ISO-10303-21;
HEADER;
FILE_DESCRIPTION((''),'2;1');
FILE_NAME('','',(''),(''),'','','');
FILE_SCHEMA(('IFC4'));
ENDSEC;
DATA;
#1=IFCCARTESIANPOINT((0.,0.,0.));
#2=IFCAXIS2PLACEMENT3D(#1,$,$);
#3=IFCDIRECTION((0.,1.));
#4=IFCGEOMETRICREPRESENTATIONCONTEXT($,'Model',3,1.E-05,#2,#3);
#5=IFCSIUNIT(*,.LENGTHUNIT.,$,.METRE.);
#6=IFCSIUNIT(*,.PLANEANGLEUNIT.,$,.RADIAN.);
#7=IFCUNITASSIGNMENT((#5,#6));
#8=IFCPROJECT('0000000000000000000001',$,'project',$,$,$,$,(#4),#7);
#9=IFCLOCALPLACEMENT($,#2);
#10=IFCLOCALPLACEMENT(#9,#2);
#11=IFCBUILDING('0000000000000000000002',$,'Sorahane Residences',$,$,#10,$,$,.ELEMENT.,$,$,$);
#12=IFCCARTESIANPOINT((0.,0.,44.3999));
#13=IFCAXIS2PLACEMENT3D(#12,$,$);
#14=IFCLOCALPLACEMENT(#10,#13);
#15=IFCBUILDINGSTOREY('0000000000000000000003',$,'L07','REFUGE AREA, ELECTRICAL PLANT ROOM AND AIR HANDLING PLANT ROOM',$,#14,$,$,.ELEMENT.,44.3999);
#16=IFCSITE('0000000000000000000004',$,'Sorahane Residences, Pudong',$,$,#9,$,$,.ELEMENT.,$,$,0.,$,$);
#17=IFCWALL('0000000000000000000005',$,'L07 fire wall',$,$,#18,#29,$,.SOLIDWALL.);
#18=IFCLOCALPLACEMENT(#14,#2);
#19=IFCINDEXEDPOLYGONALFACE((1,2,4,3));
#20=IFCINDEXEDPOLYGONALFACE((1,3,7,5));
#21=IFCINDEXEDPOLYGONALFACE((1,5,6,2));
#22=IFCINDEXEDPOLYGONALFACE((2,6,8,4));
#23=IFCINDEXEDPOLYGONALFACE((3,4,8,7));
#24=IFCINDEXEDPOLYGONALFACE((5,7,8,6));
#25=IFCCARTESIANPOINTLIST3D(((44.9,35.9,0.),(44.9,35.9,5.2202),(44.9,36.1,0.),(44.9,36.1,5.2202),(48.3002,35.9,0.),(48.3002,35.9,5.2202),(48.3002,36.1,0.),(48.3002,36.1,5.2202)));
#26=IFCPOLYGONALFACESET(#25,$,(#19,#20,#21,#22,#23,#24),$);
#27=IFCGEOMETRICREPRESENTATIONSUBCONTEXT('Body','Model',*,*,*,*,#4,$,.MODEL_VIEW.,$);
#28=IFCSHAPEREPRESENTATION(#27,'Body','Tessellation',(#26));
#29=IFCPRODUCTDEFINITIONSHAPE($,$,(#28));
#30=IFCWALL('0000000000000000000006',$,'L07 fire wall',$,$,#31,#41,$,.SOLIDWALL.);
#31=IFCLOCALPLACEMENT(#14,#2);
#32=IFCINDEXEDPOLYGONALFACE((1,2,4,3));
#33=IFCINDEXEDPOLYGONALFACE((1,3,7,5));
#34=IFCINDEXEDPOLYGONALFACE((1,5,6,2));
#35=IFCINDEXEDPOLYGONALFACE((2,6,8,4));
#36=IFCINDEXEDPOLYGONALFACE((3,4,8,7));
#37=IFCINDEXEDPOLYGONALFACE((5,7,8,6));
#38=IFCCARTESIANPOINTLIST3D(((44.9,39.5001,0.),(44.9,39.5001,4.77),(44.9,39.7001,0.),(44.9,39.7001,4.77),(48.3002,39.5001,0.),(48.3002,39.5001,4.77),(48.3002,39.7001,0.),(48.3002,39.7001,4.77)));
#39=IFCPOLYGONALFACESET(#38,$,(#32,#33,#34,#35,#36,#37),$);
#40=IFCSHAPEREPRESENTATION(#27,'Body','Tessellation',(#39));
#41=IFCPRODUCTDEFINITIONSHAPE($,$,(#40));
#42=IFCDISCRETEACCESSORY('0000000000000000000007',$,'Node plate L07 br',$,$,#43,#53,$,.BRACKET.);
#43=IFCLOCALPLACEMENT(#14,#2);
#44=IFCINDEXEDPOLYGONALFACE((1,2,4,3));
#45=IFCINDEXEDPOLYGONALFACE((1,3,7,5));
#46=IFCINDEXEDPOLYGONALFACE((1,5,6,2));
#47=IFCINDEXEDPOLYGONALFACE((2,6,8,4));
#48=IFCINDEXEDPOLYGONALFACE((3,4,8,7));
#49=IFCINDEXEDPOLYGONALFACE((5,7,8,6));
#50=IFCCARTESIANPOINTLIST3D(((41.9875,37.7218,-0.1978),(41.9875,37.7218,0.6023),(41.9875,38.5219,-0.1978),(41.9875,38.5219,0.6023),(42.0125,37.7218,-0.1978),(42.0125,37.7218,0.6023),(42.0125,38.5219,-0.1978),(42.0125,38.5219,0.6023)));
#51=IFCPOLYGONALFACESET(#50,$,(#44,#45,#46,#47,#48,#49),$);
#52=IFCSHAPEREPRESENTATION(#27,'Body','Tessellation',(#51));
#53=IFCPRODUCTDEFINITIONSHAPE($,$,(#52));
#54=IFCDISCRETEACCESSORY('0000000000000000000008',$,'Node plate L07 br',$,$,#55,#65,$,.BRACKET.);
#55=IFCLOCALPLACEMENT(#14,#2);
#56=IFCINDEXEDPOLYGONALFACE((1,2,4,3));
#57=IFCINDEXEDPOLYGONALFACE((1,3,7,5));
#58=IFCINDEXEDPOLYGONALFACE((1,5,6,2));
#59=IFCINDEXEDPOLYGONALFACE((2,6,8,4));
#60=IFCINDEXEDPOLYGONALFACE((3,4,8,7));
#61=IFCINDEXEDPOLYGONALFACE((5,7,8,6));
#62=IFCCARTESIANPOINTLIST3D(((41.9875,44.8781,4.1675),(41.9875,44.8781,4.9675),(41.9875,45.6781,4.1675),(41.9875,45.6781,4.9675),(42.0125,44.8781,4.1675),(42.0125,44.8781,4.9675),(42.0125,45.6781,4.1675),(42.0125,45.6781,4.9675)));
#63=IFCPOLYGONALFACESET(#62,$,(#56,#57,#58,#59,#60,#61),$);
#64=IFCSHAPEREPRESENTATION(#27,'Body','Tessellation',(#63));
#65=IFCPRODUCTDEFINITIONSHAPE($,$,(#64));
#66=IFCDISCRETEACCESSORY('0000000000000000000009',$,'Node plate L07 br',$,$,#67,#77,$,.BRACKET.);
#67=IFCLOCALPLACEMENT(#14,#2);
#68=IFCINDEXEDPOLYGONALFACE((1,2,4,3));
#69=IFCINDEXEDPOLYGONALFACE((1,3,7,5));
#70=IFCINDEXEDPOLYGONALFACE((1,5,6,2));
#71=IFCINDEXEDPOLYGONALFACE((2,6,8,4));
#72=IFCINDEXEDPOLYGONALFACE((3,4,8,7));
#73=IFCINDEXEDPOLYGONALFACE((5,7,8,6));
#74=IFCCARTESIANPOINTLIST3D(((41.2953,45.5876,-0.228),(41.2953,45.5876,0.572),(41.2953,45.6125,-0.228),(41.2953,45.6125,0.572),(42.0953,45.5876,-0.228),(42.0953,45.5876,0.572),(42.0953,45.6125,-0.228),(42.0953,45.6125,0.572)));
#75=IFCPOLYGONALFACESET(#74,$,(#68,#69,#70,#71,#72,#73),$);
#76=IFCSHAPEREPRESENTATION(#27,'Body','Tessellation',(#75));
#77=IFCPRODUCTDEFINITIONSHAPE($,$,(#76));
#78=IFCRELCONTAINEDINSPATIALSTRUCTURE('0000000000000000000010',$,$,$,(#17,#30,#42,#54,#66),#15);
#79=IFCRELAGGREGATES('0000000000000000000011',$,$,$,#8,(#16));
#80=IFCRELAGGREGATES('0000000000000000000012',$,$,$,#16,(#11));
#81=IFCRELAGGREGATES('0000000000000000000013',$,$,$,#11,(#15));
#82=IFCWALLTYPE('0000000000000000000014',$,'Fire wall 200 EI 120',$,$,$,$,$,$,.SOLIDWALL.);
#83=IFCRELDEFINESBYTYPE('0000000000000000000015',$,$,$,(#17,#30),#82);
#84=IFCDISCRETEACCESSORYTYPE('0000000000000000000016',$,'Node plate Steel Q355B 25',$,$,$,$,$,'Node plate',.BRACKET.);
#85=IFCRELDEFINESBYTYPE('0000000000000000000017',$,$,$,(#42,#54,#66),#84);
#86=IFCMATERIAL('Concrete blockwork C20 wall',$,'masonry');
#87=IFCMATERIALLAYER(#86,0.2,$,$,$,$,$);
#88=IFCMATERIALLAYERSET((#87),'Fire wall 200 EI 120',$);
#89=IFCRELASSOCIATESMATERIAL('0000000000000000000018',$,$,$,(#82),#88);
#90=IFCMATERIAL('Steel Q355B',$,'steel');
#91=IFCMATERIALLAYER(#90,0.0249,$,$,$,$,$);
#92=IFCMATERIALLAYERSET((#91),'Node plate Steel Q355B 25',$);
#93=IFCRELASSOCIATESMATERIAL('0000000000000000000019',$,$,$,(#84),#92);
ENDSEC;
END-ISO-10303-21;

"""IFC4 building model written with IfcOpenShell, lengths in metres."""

from ifc_helpers import new_model, si_unit, direction, frame, frame_2d, origin, origin_2d, place, context, subcontext, project, spatial, rectangle, extrude, material, layer, layer_set, type_object, element, save


model = new_model("IFC4")

# Units and contexts
model_context = context("Model", 3, precision=1e-05, world=origin(), true_north=direction((0.0, 1.0)))
body_context = subcontext(model_context, "Body", "Model", "MODEL_VIEW")
ifc_project = project(units=[si_unit("LENGTHUNIT", "METRE"), si_unit("PLANEANGLEUNIT", "RADIAN")], contexts=[model_context])

# Site, building, storey
site_placement = place(None, origin())
site = spatial("IfcSite", under=ifc_project, at=site_placement, Name="Sorahane Residences, Pudong", CompositionType="ELEMENT", RefElevation=0.0)
building_placement = place(site_placement, origin())
building = spatial("IfcBuilding", under=site, at=building_placement, Name="Sorahane Residences", CompositionType="ELEMENT")
storey_placement = place(building_placement, frame((0.0, 0.0, 44.3999)))
storey = spatial("IfcBuildingStorey", under=building, at=storey_placement, Name="L07", Description="REFUGE AREA, ELECTRICAL PLANT ROOM AND AIR HANDLING PLANT ROOM", CompositionType="ELEMENT", Elevation=44.3999)

# Walls
ifc_material_1 = material(Name="Concrete blockwork C20 wall", Category="masonry")
ifc_layer_1 = layer(ifc_material_1, 0.2)
ifc_layer_set_1 = layer_set([ifc_layer_1], Name="Fire wall 200 EI 120")
wall_type = type_object("IfcWallType", Name="Fire wall 200 EI 120", PredefinedType="SOLIDWALL", material=ifc_layer_set_1)
wall_1_placement = place(storey_placement, frame((44.8999, 36.0, 0.0), z_axis=(0.0, 0.0, 1.0), x_axis=(1.0, 0.0, 0.0)))
element("IfcWall", 1, at=wall_1_placement, inside=storey, type_object=wall_type, Name="L07 fire wall", PredefinedType="SOLIDWALL", context=body_context, shape_type="SweptSolid", body=[
    extrude(rectangle(XDim=3.4001, YDim=0.2, at=frame_2d((1.7002, 0.0))), origin(), (0.0, 0.0, 1.0), 5.2202),
])
wall_2_placement = place(storey_placement, frame((44.8999, 39.6001, 0.0), z_axis=(0.0, 0.0, 1.0), x_axis=(1.0, 0.0, 0.0)))
element("IfcWall", 2, at=wall_2_placement, inside=storey, type_object=wall_type, Name="L07 fire wall", PredefinedType="SOLIDWALL", context=body_context, shape_type="SweptSolid", body=[
    extrude(rectangle(XDim=3.4001, YDim=0.2, at=frame_2d((1.7002, 0.0))), origin(), (0.0, 0.0, 1.0), 4.77),
])

# Discrete accessories
ifc_material_2 = material(Name="Steel Q355B", Category="steel")
ifc_layer_2 = layer(ifc_material_2, 0.0249)
ifc_layer_set_2 = layer_set([ifc_layer_2], Name="Node plate Steel Q355B 25")
discrete_accessory_type = type_object("IfcDiscreteAccessoryType", Name="Node plate Steel Q355B 25", ElementType="Node plate", PredefinedType="BRACKET", material=ifc_layer_set_2)
for number, where, z_axis, x_axis, name in (
    (3, (42.0, 38.1218, -0.1978), (0.0, 0.0, 1.0), (0.0, 1.0, 0.0), "Node plate L07 br"),
    (4, (42.0, 45.2781, 4.1675), (0.0, 0.0, 1.0), (0.0, 1.0, 0.0), "Node plate L07 br"),
    (5, (41.6953, 45.6001, -0.228), (0.0, 0.0, 1.0), (1.0, 0.0, 0.0), "Node plate L07 br"),
):
    element("IfcDiscreteAccessory", number, at=place(storey_placement, frame(where, z_axis=z_axis, x_axis=x_axis)), inside=storey, type_object=discrete_accessory_type, Name=name, PredefinedType="BRACKET", context=body_context, shape_type="SweptSolid", body=[
        extrude(rectangle(XDim=0.8, YDim=0.0249, at=origin_2d()), origin(), (0.0, 0.0, 1.0), 0.8),
    ])

save(model, "model.ifc")
